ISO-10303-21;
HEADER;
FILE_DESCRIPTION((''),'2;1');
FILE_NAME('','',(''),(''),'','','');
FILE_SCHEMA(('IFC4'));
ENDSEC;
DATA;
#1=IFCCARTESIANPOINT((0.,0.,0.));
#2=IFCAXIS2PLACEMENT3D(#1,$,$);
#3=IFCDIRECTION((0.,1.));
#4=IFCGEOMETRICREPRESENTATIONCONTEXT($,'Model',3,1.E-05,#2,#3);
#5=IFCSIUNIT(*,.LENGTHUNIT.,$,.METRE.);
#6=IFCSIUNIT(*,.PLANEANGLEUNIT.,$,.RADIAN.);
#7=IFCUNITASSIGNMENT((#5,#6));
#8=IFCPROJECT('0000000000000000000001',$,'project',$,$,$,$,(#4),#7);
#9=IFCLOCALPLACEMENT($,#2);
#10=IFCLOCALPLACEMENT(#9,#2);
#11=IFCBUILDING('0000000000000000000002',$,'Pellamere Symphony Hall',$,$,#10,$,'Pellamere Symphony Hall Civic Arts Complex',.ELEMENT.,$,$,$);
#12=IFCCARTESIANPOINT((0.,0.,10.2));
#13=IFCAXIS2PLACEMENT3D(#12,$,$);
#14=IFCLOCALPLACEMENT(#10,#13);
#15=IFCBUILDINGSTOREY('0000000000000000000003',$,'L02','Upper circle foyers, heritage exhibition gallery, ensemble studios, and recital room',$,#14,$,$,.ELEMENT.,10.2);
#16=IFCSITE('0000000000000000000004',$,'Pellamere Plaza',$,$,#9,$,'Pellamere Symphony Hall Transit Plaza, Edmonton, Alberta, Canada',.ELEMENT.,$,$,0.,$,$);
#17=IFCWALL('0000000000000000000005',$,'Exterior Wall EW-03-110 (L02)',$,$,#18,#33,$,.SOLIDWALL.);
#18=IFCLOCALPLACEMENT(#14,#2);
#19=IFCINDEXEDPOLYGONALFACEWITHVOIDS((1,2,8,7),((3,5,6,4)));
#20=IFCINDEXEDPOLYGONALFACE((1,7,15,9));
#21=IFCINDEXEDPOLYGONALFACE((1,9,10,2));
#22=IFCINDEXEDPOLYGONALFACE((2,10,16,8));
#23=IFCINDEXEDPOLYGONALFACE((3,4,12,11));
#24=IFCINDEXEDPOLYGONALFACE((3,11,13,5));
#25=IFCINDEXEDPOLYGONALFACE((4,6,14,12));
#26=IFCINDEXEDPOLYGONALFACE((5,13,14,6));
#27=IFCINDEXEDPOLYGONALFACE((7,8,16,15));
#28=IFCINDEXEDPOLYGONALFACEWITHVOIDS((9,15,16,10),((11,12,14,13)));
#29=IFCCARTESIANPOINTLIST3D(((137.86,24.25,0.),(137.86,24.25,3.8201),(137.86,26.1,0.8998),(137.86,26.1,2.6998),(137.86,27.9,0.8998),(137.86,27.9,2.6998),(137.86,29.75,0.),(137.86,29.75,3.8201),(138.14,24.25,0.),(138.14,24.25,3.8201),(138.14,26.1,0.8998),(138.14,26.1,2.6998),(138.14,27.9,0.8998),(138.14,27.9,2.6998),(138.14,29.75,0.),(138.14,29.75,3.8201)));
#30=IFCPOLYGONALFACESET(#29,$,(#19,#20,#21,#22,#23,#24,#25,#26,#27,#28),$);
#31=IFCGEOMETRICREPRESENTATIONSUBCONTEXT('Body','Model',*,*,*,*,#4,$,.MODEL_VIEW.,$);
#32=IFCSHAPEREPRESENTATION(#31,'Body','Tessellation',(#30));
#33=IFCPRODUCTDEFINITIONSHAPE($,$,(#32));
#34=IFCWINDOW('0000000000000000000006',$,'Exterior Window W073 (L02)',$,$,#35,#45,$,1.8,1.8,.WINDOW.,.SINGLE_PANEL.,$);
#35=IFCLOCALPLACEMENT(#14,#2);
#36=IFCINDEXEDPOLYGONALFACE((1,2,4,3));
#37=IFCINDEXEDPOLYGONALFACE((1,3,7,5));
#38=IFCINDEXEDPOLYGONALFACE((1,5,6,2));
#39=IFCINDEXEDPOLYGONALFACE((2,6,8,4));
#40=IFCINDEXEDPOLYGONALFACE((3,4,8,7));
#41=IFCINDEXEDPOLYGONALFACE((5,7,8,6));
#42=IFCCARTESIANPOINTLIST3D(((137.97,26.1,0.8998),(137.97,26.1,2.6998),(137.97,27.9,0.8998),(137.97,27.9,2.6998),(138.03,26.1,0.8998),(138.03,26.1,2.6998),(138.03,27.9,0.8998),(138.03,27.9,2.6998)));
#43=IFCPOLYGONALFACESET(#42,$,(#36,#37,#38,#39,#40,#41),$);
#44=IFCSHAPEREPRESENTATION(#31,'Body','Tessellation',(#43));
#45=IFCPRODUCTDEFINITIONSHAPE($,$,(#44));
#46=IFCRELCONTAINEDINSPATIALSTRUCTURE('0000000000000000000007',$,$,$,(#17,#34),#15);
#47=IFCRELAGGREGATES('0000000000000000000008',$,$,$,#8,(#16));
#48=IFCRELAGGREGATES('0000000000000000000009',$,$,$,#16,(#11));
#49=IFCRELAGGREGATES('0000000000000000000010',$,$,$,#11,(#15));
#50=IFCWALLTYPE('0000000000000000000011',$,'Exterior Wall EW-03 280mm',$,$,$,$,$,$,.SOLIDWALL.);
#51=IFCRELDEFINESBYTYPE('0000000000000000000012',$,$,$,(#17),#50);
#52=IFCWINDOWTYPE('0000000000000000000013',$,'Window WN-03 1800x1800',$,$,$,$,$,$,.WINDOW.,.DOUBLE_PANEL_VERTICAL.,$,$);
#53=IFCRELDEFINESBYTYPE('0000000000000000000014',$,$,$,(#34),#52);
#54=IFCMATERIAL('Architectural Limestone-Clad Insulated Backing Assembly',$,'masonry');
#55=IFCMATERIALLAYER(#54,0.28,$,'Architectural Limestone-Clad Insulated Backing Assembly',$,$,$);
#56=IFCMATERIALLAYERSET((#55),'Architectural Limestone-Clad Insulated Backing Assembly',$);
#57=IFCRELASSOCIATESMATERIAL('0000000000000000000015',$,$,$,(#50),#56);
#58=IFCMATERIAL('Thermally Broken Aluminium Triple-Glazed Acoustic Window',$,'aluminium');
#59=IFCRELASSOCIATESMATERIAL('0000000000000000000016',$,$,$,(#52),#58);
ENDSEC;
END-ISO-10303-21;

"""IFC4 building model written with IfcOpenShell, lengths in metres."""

from ifc_helpers import new_model, si_unit, direction, frame, frame_2d, origin, place, context, subcontext, project, spatial, rectangle, extrude, material, layer, layer_set, type_object, element, fill, save


model = new_model("IFC4")

# Units and contexts
model_context = context("Model", 3, precision=1e-05, world=origin(), true_north=direction((0.0, 1.0)))
body_context = subcontext(model_context, "Body", "Model", "MODEL_VIEW")
ifc_project = project(units=[si_unit("LENGTHUNIT", "METRE"), si_unit("PLANEANGLEUNIT", "RADIAN")], contexts=[model_context])

# Site, building, storey
site_placement = place(None, origin())
site = spatial("IfcSite", under=ifc_project, at=site_placement, Name="Pellamere Plaza", LongName="Pellamere Symphony Hall Transit Plaza, Edmonton, Alberta, Canada", CompositionType="ELEMENT", RefElevation=0.0)
building_placement = place(site_placement, origin())
building = spatial("IfcBuilding", under=site, at=building_placement, Name="Pellamere Symphony Hall", LongName="Pellamere Symphony Hall Civic Arts Complex", CompositionType="ELEMENT")
storey_placement = place(building_placement, frame((0.0, 0.0, 10.2)))
storey = spatial("IfcBuildingStorey", under=building, at=storey_placement, Name="L02", Description="Upper circle foyers, heritage exhibition gallery, ensemble studios, and recital room", CompositionType="ELEMENT", Elevation=10.2)

# Wall, opening, window
ifc_material_1 = material(Name="Architectural Limestone-Clad Insulated Backing Assembly", Category="masonry")
ifc_layer_1 = layer(ifc_material_1, 0.28, Name="Architectural Limestone-Clad Insulated Backing Assembly")
ifc_layer_set_1 = layer_set([ifc_layer_1], Name="Architectural Limestone-Clad Insulated Backing Assembly")
wall_type = type_object("IfcWallType", Name="Exterior Wall EW-03 280mm", PredefinedType="SOLIDWALL", material=ifc_layer_set_1)
ifc_material_2 = material(Name="Thermally Broken Aluminium Triple-Glazed Acoustic Window", Category="aluminium")
wall_1_placement = place(storey_placement, frame((138.0, 24.25, 0.0), z_axis=(0.0, 0.0, 1.0), x_axis=(0.0, 1.0, 0.0)))
wall_1 = element("IfcWall", 1, at=wall_1_placement, inside=storey, type_object=wall_type, Name="Exterior Wall EW-03-110 (L02)", PredefinedType="SOLIDWALL", context=body_context, shape_type="SweptSolid", body=[
    extrude(rectangle(XDim=5.5, YDim=0.28, at=frame_2d((2.75, 0.0))), origin(), (0.0, 0.0, 1.0), 3.8201),
])
opening_1_placement = place(wall_1_placement, frame((1.8501, 0.0, 0.8999)))
opening_1 = element("IfcOpeningElement", 2, at=opening_1_placement, cuts=wall_1, PredefinedType="OPENING", context=body_context, shape_type="SweptSolid", body=[
    extrude(rectangle(XDim=1.8, YDim=1.8, at=frame_2d((0.8999, 0.8999))), frame((0.0, 0.1499, 0.0), z_axis=(0.0, -1.0, 0.0), x_axis=(1.0, 0.0, 0.0)), (0.0, 0.0, 1.0), 0.3),
])
window_type_1 = type_object("IfcWindowType", Name="Window WN-03 1800x1800", PartitioningType="DOUBLE_PANEL_VERTICAL", PredefinedType="WINDOW", material=ifc_material_2)
window_1_placement = place(opening_1_placement, origin())
window_1 = element("IfcWindow", 3, at=window_1_placement, inside=storey, type_object=window_type_1, Name="Exterior Window W073 (L02)", OverallHeight=1.8, OverallWidth=1.8, PartitioningType="SINGLE_PANEL", PredefinedType="WINDOW", context=body_context, shape_type="SweptSolid", body=[
    extrude(rectangle(XDim=1.8, YDim=1.8, at=frame_2d((0.8999, 0.8999))), frame((0.0, 0.03, 0.0), z_axis=(0.0, -1.0, 0.0), x_axis=(1.0, 0.0, 0.0)), (0.0, 0.0, 1.0), 0.0601),
])
fill(opening_1, window_1)

save(model, "model.ifc")
